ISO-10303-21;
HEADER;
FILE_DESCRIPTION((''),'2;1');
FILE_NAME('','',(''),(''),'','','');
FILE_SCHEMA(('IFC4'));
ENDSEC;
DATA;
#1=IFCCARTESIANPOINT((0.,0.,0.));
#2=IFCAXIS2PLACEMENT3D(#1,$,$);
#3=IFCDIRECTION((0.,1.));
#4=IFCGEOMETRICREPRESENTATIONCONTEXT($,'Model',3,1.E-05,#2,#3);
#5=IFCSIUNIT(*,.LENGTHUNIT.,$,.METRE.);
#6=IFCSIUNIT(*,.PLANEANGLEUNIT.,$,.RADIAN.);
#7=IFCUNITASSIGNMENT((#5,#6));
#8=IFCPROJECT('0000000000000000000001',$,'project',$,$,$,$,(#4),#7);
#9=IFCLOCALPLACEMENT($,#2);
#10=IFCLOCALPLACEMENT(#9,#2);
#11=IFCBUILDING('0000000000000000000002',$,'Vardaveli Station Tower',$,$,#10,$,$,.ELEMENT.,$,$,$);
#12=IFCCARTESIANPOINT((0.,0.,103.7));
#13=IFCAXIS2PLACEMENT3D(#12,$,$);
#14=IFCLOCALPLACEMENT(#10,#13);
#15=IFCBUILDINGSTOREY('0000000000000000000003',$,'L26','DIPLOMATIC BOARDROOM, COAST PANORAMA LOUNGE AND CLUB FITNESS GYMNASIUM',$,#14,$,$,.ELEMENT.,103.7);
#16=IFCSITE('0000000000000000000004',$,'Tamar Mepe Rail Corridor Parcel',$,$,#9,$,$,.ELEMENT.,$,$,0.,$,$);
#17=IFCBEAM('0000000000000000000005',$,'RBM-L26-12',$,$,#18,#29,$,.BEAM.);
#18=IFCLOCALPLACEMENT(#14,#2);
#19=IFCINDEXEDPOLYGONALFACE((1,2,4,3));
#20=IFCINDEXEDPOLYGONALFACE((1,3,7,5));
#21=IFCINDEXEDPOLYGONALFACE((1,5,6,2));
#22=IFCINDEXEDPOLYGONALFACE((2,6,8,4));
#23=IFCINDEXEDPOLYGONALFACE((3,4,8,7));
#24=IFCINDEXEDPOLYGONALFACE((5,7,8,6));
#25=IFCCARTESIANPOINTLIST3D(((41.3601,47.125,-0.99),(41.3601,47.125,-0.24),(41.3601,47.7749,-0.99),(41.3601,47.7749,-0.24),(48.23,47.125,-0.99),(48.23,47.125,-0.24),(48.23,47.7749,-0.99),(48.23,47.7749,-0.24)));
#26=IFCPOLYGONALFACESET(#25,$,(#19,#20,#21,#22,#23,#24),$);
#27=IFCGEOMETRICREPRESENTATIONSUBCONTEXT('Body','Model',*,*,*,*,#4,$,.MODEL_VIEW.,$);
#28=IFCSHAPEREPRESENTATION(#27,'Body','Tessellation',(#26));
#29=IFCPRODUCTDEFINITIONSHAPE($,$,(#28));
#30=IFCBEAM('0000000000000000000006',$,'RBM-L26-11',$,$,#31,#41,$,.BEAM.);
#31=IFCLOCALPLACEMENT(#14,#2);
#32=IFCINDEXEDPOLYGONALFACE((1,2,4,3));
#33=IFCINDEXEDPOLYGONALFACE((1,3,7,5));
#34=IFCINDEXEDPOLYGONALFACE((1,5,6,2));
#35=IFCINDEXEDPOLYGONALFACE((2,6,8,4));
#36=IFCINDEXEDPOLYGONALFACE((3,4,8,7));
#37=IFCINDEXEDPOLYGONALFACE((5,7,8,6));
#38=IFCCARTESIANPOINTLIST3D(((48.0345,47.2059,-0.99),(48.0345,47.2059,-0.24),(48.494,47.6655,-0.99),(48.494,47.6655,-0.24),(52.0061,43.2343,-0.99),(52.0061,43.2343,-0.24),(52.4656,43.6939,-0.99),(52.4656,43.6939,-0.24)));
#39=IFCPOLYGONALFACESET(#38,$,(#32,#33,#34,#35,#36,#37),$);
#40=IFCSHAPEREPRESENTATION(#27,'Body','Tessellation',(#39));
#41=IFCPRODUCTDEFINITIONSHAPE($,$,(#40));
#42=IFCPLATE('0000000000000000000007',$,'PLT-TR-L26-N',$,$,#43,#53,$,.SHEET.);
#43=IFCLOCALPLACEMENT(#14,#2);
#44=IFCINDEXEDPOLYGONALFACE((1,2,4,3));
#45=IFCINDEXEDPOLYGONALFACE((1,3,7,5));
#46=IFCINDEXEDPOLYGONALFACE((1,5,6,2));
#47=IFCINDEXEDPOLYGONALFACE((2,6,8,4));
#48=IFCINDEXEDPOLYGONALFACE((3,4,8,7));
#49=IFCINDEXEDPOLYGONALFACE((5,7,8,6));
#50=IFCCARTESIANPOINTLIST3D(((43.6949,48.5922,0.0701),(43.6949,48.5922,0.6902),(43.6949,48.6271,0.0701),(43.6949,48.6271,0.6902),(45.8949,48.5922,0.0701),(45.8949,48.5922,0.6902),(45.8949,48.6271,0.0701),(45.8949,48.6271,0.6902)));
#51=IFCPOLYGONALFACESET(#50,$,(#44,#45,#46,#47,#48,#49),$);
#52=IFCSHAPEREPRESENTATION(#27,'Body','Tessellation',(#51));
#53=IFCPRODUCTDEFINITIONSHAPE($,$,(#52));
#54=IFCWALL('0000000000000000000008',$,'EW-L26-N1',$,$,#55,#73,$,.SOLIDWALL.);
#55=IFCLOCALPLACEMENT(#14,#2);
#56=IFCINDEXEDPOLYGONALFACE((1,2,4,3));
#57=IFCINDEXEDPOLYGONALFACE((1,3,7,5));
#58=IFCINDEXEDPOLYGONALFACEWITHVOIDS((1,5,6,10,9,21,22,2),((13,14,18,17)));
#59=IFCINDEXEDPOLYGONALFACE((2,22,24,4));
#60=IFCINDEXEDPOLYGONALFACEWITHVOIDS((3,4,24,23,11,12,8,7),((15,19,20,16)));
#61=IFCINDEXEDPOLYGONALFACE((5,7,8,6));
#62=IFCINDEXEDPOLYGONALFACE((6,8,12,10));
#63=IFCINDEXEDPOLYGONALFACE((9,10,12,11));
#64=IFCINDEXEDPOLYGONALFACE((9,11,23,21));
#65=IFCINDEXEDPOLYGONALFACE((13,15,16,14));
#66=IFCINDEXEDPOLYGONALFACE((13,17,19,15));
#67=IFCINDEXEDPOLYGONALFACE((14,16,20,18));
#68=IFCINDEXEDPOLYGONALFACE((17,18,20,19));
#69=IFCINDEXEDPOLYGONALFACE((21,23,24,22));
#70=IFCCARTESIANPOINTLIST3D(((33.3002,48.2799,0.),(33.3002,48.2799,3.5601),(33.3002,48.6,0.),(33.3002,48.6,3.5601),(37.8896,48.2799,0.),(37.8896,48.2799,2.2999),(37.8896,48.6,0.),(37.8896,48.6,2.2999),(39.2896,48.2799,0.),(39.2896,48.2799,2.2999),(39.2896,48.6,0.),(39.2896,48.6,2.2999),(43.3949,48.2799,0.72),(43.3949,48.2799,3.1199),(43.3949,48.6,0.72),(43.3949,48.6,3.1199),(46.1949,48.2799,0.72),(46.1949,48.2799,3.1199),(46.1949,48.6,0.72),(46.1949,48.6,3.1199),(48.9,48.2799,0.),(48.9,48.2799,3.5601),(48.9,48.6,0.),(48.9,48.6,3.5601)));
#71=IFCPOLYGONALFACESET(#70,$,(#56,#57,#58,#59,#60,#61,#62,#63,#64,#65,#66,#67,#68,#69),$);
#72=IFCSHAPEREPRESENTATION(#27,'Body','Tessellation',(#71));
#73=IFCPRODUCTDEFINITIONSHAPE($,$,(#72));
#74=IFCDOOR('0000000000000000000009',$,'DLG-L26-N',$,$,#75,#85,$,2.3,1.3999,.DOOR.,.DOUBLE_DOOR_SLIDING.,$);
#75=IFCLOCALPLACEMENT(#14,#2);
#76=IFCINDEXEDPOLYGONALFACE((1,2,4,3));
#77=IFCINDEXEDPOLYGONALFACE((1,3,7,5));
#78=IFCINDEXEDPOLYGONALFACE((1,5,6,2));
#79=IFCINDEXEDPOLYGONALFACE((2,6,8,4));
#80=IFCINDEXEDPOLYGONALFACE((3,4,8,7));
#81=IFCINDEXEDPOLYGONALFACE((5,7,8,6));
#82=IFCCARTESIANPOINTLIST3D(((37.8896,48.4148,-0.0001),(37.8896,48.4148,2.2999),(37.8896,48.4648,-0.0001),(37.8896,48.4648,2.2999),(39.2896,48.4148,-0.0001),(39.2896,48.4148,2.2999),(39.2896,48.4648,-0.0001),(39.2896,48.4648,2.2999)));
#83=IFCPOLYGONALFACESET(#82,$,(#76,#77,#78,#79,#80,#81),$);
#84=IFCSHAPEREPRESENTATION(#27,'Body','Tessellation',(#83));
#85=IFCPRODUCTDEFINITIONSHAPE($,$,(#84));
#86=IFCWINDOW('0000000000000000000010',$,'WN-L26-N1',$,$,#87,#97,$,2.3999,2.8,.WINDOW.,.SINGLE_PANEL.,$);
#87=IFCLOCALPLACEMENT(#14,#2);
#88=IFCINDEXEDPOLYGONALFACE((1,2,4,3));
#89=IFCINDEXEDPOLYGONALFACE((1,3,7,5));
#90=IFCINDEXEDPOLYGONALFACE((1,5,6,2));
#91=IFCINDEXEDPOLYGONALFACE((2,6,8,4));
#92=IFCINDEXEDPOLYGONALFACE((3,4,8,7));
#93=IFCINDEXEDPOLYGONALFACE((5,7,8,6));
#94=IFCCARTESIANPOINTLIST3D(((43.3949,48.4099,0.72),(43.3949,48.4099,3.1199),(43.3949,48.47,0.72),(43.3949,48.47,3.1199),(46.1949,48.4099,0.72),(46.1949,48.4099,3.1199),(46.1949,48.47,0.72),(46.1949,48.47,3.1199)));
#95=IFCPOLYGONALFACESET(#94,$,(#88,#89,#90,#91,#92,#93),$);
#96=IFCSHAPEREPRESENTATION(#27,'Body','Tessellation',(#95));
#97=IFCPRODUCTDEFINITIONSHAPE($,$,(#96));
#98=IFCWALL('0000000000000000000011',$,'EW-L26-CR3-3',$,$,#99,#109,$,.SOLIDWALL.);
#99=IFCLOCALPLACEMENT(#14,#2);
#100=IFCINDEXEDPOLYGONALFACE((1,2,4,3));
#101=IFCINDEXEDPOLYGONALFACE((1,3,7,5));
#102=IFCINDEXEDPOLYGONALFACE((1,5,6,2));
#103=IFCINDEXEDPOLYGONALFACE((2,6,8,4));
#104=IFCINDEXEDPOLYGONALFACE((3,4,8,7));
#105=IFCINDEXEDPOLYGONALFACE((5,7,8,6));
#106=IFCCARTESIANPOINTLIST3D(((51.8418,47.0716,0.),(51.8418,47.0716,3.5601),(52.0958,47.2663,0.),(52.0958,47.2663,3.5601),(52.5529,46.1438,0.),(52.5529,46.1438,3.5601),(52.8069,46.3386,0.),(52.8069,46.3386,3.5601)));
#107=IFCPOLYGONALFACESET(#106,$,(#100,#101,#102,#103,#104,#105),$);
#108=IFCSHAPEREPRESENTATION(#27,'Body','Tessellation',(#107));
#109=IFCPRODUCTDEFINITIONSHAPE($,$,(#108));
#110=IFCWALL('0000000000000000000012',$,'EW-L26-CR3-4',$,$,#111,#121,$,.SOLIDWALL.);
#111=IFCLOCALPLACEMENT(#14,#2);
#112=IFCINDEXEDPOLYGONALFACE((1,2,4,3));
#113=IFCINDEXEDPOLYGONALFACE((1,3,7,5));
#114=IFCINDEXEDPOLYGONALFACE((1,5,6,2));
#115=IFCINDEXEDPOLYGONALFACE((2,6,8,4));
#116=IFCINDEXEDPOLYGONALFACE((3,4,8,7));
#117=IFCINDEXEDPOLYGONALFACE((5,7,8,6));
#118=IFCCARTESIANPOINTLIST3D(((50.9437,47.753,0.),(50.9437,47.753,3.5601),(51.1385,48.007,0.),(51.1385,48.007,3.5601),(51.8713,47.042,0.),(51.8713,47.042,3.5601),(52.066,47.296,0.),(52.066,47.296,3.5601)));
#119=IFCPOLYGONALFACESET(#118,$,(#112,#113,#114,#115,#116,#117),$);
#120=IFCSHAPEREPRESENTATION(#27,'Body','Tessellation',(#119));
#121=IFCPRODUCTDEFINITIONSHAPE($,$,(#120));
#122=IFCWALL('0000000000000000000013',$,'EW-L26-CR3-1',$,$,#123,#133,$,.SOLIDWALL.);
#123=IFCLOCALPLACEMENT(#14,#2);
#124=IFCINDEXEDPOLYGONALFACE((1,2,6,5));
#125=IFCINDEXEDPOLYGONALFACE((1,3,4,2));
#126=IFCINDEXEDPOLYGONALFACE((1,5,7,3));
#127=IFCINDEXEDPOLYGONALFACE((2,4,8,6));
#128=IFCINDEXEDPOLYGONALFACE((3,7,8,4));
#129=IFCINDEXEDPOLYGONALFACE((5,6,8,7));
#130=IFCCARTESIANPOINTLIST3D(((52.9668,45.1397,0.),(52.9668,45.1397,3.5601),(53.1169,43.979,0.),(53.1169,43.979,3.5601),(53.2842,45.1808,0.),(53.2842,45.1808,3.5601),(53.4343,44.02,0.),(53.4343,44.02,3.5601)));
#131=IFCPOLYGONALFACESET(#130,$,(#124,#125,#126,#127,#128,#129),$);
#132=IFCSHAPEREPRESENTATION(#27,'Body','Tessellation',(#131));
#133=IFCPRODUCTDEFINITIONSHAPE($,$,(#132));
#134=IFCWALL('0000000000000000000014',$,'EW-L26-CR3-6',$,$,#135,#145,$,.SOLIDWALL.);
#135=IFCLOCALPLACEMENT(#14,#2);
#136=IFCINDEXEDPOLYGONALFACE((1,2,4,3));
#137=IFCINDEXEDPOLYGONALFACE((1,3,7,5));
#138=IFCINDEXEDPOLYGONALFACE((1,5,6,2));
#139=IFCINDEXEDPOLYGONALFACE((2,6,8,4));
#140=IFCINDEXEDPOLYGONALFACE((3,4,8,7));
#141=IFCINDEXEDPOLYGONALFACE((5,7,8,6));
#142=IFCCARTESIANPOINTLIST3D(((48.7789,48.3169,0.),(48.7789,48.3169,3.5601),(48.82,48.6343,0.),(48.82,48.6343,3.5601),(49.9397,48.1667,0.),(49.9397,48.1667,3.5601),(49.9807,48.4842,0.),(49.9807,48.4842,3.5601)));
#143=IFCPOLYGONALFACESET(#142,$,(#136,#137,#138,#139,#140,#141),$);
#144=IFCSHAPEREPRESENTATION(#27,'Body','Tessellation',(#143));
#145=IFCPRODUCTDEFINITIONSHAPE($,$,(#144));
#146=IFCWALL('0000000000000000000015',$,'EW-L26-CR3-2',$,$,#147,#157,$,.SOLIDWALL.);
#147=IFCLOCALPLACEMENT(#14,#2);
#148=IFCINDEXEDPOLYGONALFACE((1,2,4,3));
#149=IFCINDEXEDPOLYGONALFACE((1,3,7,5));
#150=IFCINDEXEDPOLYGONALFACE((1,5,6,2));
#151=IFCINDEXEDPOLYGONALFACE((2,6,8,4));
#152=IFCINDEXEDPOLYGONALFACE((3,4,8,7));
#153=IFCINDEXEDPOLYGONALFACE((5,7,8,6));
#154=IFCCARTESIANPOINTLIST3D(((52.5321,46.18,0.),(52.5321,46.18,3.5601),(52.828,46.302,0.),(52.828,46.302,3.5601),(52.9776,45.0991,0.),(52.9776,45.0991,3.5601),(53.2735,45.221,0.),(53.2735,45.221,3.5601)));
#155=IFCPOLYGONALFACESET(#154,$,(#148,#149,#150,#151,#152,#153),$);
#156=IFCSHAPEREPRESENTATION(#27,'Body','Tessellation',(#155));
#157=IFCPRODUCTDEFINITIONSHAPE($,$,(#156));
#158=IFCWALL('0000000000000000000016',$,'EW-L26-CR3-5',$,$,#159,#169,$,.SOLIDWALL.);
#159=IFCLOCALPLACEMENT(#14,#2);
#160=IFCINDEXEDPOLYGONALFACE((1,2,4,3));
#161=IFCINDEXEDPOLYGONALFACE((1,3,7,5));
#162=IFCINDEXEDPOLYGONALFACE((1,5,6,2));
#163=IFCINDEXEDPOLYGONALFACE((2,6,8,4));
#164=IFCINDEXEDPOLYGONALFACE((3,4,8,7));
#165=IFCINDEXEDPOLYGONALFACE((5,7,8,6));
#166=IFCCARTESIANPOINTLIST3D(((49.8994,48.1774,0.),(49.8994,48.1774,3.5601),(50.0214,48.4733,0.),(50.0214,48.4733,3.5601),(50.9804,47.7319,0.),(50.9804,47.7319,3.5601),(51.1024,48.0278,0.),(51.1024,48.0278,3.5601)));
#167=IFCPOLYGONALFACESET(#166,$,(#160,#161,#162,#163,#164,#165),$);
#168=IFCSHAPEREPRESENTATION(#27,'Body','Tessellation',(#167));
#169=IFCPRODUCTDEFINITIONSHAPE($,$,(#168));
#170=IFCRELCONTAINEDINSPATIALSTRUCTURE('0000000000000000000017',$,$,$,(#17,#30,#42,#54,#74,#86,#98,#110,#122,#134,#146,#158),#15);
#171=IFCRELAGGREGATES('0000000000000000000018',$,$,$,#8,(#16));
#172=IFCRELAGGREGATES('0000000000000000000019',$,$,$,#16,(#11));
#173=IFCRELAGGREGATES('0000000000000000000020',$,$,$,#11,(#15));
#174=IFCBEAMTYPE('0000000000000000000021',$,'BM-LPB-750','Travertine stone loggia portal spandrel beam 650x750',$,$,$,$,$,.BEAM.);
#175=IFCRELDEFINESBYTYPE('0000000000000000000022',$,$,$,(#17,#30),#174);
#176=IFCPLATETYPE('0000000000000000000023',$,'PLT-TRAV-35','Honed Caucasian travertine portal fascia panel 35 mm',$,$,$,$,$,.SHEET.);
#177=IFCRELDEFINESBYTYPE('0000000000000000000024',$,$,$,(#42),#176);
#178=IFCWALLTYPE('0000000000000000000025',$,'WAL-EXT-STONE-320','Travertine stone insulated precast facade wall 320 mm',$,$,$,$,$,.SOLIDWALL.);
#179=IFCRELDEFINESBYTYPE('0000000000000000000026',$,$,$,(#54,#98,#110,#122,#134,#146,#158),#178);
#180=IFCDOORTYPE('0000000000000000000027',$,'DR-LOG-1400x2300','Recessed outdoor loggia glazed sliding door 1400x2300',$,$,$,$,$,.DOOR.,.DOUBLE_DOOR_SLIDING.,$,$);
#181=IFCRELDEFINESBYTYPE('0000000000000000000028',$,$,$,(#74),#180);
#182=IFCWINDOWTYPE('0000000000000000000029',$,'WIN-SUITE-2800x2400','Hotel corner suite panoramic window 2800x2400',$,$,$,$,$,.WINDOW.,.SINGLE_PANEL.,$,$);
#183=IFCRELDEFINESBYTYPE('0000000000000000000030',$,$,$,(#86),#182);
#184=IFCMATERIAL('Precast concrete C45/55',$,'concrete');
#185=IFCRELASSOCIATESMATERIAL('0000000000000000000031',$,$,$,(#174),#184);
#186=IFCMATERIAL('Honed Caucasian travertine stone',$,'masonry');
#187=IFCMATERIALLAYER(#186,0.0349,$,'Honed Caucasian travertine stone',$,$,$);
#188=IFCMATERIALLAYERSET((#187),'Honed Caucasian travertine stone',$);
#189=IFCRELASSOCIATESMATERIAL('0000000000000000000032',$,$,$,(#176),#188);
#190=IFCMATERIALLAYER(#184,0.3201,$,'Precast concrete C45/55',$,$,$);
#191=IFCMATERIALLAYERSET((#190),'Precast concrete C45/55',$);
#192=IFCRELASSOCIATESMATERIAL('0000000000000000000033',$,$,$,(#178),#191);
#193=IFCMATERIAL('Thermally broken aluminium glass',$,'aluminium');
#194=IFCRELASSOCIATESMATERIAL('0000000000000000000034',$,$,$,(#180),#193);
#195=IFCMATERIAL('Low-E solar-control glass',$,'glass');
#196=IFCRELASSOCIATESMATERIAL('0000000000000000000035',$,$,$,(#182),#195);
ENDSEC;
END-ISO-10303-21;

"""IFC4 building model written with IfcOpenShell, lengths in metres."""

from ifc_helpers import new_model, si_unit, direction, frame, frame_2d, origin, origin_2d, place, context, subcontext, project, spatial, rectangle, extrude, source, transform, mapped, material, layer, layer_set, material_profile, profile_set, type_object, element, fill, save


model = new_model("IFC4")

# Units and contexts
model_context = context("Model", 3, precision=1e-05, world=origin(), true_north=direction((0.0, 1.0)))
body_context = subcontext(model_context, "Body", "Model", "MODEL_VIEW")
ifc_project = project(units=[si_unit("LENGTHUNIT", "METRE"), si_unit("PLANEANGLEUNIT", "RADIAN")], contexts=[model_context])

# Site, building, storey
site_placement = place(None, origin())
site = spatial("IfcSite", under=ifc_project, at=site_placement, Name="Tamar Mepe Rail Corridor Parcel", CompositionType="ELEMENT", RefElevation=0.0)
building_placement = place(site_placement, origin())
building = spatial("IfcBuilding", under=site, at=building_placement, Name="Vardaveli Station Tower", CompositionType="ELEMENT")
storey_placement = place(building_placement, frame((0.0, 0.0, 103.7)))
storey = spatial("IfcBuildingStorey", under=building, at=storey_placement, Name="L26", Description="DIPLOMATIC BOARDROOM, COAST PANORAMA LOUNGE AND CLUB FITNESS GYMNASIUM", CompositionType="ELEMENT", Elevation=103.7)

# Beams
ifc_material_1 = material(Name="Precast concrete C45/55", Category="concrete")
ifc_material_profile_1 = material_profile(ifc_material_1, rectangle(XDim=0.6499, YDim=0.75, at=origin_2d()), Name="LPB 650x750")
ifc_profile_set_1 = profile_set([ifc_material_profile_1], Name="Precast concrete C45/55")
beam_type = type_object("IfcBeamType", Name="BM-LPB-750", Description="Travertine stone loggia portal spandrel beam 650x750", PredefinedType="BEAM", material=ifc_profile_set_1)
shared_shape_1 = source(origin(), body_context, "Body", "SweptSolid", [
    extrude(rectangle(XDim=0.6499, YDim=0.75, at=origin_2d()), origin(), (0.0, 0.0, 1.0), 6.8699),
])
for number, where, z_axis, x_axis, name in (
    (1, (48.23, 47.45, -0.615), (-1.0, 0.0, 0.0), (0.0, -1.0, 0.0), "RBM-L26-12"),
):
    element("IfcBeam", number, at=place(storey_placement, frame(where, z_axis=z_axis, x_axis=x_axis)), inside=storey, type_object=beam_type, Name=name, PredefinedType="BEAM", context=body_context, shape_type="MappedRepresentation", body=[
        mapped(shared_shape_1, transform((0.0, 0.0, 0.0), scale=1.0)),
    ])
shared_shape_2 = source(origin(), body_context, "Body", "SweptSolid", [
    extrude(rectangle(XDim=0.6499, YDim=0.75, at=origin_2d()), origin(), (0.0, 0.0, 1.0), 5.6167),
])
beam_placement = place(storey_placement, frame((52.2358, 43.4641, -0.615), z_axis=(-0.707107, 0.707107, 0.0), x_axis=(-0.707107, -0.707107, 0.0)))
element("IfcBeam", 2, at=beam_placement, inside=storey, type_object=beam_type, Name="RBM-L26-11", PredefinedType="BEAM", context=body_context, shape_type="MappedRepresentation", body=[
    mapped(shared_shape_2, transform((0.0, 0.0, 0.0), scale=1.0)),
])

# Plate
ifc_material_2 = material(Name="Honed Caucasian travertine stone", Category="masonry")
ifc_layer_1 = layer(ifc_material_2, 0.0349, Name="Honed Caucasian travertine stone")
ifc_layer_set_1 = layer_set([ifc_layer_1], Name="Honed Caucasian travertine stone")
plate_type = type_object("IfcPlateType", Name="PLT-TRAV-35", Description="Honed Caucasian travertine portal fascia panel 35 mm", PredefinedType="SHEET", material=ifc_layer_set_1)
shared_shape_3 = source(origin(), body_context, "Body", "SweptSolid", [
    extrude(rectangle(XDim=2.2, YDim=0.0349, at=origin_2d()), origin(), (0.0, 0.0, 1.0), 0.6201),
])
plate_placement = place(storey_placement, frame((44.7949, 48.6096, 0.0701), z_axis=(0.0, 0.0, 1.0), x_axis=(1.0, 0.0, 0.0)))
element("IfcPlate", 3, at=plate_placement, inside=storey, type_object=plate_type, Name="PLT-TR-L26-N", PredefinedType="SHEET", context=body_context, shape_type="MappedRepresentation", body=[
    mapped(shared_shape_3, transform((0.0, 0.0, 0.0), scale=1.0)),
])

# Wall, openings, door, window
ifc_layer_2 = layer(ifc_material_1, 0.3201, Name="Precast concrete C45/55")
ifc_layer_set_2 = layer_set([ifc_layer_2], Name="Precast concrete C45/55")
wall_type_1 = type_object("IfcWallType", Name="WAL-EXT-STONE-320", Description="Travertine stone insulated precast facade wall 320 mm", PredefinedType="SOLIDWALL", material=ifc_layer_set_2)
shared_shape_4 = source(origin(), body_context, "Body", "SweptSolid", [
    extrude(rectangle(XDim=15.5999, YDim=0.3201, at=frame_2d((7.7998, 0.0))), origin(), (0.0, 0.0, 1.0), 3.5601),
])
wall_1_placement = place(storey_placement, frame((48.8999, 48.4399, 0.0), z_axis=(0.0, 0.0, 1.0), x_axis=(-1.0, 0.0, 0.0)))
wall_1 = element("IfcWall", 4, at=wall_1_placement, inside=storey, type_object=wall_type_1, Name="EW-L26-N1", PredefinedType="SOLIDWALL", context=body_context, shape_type="MappedRepresentation", body=[
    mapped(shared_shape_4, transform((0.0, 0.0, 0.0), scale=1.0)),
])
shared_shape_5 = source(origin(), body_context, "Body", "SweptSolid", [
    extrude(rectangle(XDim=1.3999, YDim=2.3, at=frame_2d((0.7, 1.1499))), frame((0.0, 0.1699, 0.0), z_axis=(0.0, -1.0, 0.0), x_axis=(1.0, 0.0, 0.0)), (0.0, 0.0, 1.0), 0.3401),
])
opening_1_placement = place(wall_1_placement, frame((9.6104, 0.0, 0.0)))
opening_1 = element("IfcOpeningElement", 5, at=opening_1_placement, cuts=wall_1, PredefinedType="OPENING", context=body_context, shape_type="MappedRepresentation", body=[
    mapped(shared_shape_5, transform((0.0, 0.0, 0.0), scale=1.0)),
])
shared_shape_6 = source(origin(), body_context, "Body", "SweptSolid", [
    extrude(rectangle(XDim=2.8, YDim=2.3999, at=frame_2d((1.3999, 1.2))), frame((0.0, 0.1699, 0.0), z_axis=(0.0, -1.0, 0.0), x_axis=(1.0, 0.0, 0.0)), (0.0, 0.0, 1.0), 0.3401),
])
opening_2_placement = place(wall_1_placement, frame((2.7051, 0.0, 0.72)))
opening_2 = element("IfcOpeningElement", 6, at=opening_2_placement, cuts=wall_1, PredefinedType="OPENING", context=body_context, shape_type="MappedRepresentation", body=[
    mapped(shared_shape_6, transform((0.0, 0.0, 0.0), scale=1.0)),
])
ifc_material_3 = material(Name="Thermally broken aluminium glass", Category="aluminium")
door_type = type_object("IfcDoorType", Name="DR-LOG-1400x2300", Description="Recessed outdoor loggia glazed sliding door 1400x2300", OperationType="DOUBLE_DOOR_SLIDING", PredefinedType="DOOR", material=ifc_material_3)
shared_shape_7 = source(origin(), body_context, "Body", "SweptSolid", [
    extrude(rectangle(XDim=1.3999, YDim=2.3, at=frame_2d((0.7, 1.1499))), frame((0.0, 0.0249, 0.0), z_axis=(0.0, -1.0, 0.0), x_axis=(1.0, 0.0, 0.0)), (0.0, 0.0, 1.0), 0.05),
])
door_placement = place(opening_1_placement, frame((1.3999, 0.0, 0.0), z_axis=(0.0, 0.0, 1.0), x_axis=(-1.0, 0.0, 0.0)))
door = element("IfcDoor", 7, at=door_placement, inside=storey, type_object=door_type, Name="DLG-L26-N", OperationType="DOUBLE_DOOR_SLIDING", OverallHeight=2.3, OverallWidth=1.3999, PredefinedType="DOOR", context=body_context, shape_type="MappedRepresentation", body=[
    mapped(shared_shape_7, transform((0.0, 0.0, 0.0), scale=1.0)),
])
fill(opening_1, door)
ifc_material_4 = material(Name="Low-E solar-control glass", Category="glass")
window_type = type_object("IfcWindowType", Name="WIN-SUITE-2800x2400", Description="Hotel corner suite panoramic window 2800x2400", PartitioningType="SINGLE_PANEL", PredefinedType="WINDOW", material=ifc_material_4)
shared_shape_8 = source(origin(), body_context, "Body", "SweptSolid", [
    extrude(rectangle(XDim=2.8, YDim=2.3999, at=frame_2d((1.3999, 1.2))), frame((0.0, 0.03, 0.0), z_axis=(0.0, -1.0, 0.0), x_axis=(1.0, 0.0, 0.0)), (0.0, 0.0, 1.0), 0.0601),
])
window_placement = place(opening_2_placement, origin())
window = element("IfcWindow", 8, at=window_placement, inside=storey, type_object=window_type, Name="WN-L26-N1", OverallHeight=2.3999, OverallWidth=2.8, PartitioningType="SINGLE_PANEL", PredefinedType="WINDOW", context=body_context, shape_type="MappedRepresentation", body=[
    mapped(shared_shape_8, transform((0.0, 0.0, 0.0), scale=1.0)),
])
fill(opening_2, window)

# Walls
shared_shape_9 = source(origin(), body_context, "Body", "SweptSolid", [
    extrude(rectangle(XDim=1.1689, YDim=0.3201, at=frame_2d((0.5845, 0.0))), origin(), (0.0, 0.0, 1.0), 3.5601),
])
wall_2_placement = place(storey_placement, frame((52.6799, 46.2412, 0.0), z_axis=(0.0, 0.0, 1.0), x_axis=(-0.608388, 0.79364, 0.0)))
element("IfcWall", 9, at=wall_2_placement, inside=storey, type_object=wall_type_1, Name="EW-L26-CR3-3", PredefinedType="SOLIDWALL", context=body_context, shape_type="MappedRepresentation", body=[
    mapped(shared_shape_9, transform((0.0, 0.0, 0.0), scale=1.0)),
])
shared_shape_10 = source(origin(), body_context, "Body", "SweptSolid", [
    extrude(rectangle(XDim=1.1687, YDim=0.3201, at=frame_2d((0.5845, 0.0))), origin(), (0.0, 0.0, 1.0), 3.5601),
])
wall_3_placement = place(storey_placement, frame((51.9688, 47.1689, 0.0), z_axis=(0.0, 0.0, 1.0), x_axis=(-0.793664, 0.608357, 0.0)))
element("IfcWall", 10, at=wall_3_placement, inside=storey, type_object=wall_type_1, Name="EW-L26-CR3-4", PredefinedType="SOLIDWALL", context=body_context, shape_type="MappedRepresentation", body=[
    mapped(shared_shape_10, transform((0.0, 0.0, 0.0), scale=1.0)),
])
shared_shape_11 = source(origin(), body_context, "Body", "SweptSolid", [
    extrude(rectangle(XDim=1.1704, YDim=0.3201, at=frame_2d((0.5852, 0.0))), origin(), (0.0, 0.0, 1.0), 3.5601),
])
for number, where, z_axis, x_axis, name in (
    (11, (53.2756, 43.9995, 0.0), (0.0, 0.0, 1.0), (-0.128296, 0.991736, 0.0), "EW-L26-CR3-1"),
    (12, (49.9602, 48.3254, 0.0), (0.0, 0.0, 1.0), (-0.991736, 0.128296, 0.0), "EW-L26-CR3-6"),
):
    element("IfcWall", number, at=place(storey_placement, frame(where, z_axis=z_axis, x_axis=x_axis)), inside=storey, type_object=wall_type_1, Name=name, PredefinedType="SOLIDWALL", context=body_context, shape_type="MappedRepresentation", body=[
        mapped(shared_shape_11, transform((0.0, 0.0, 0.0), scale=1.0)),
    ])
shared_shape_12 = source(origin(), body_context, "Body", "SweptSolid", [
    extrude(rectangle(XDim=1.1692, YDim=0.3201, at=frame_2d((0.5845, 0.0))), origin(), (0.0, 0.0, 1.0), 3.5601),
])
for number, where, z_axis, x_axis, name in (
    (13, (53.1255, 45.1602, 0.0), (0.0, 0.0, 1.0), (-0.381054, 0.924553, 0.0), "EW-L26-CR3-2"),
    (14, (51.0413, 47.8799, 0.0), (0.0, 0.0, 1.0), (-0.924553, 0.381054, 0.0), "EW-L26-CR3-5"),
):
    element("IfcWall", number, at=place(storey_placement, frame(where, z_axis=z_axis, x_axis=x_axis)), inside=storey, type_object=wall_type_1, Name=name, PredefinedType="SOLIDWALL", context=body_context, shape_type="MappedRepresentation", body=[
        mapped(shared_shape_12, transform((0.0, 0.0, 0.0), scale=1.0)),
    ])

save(model, "model.ifc")
